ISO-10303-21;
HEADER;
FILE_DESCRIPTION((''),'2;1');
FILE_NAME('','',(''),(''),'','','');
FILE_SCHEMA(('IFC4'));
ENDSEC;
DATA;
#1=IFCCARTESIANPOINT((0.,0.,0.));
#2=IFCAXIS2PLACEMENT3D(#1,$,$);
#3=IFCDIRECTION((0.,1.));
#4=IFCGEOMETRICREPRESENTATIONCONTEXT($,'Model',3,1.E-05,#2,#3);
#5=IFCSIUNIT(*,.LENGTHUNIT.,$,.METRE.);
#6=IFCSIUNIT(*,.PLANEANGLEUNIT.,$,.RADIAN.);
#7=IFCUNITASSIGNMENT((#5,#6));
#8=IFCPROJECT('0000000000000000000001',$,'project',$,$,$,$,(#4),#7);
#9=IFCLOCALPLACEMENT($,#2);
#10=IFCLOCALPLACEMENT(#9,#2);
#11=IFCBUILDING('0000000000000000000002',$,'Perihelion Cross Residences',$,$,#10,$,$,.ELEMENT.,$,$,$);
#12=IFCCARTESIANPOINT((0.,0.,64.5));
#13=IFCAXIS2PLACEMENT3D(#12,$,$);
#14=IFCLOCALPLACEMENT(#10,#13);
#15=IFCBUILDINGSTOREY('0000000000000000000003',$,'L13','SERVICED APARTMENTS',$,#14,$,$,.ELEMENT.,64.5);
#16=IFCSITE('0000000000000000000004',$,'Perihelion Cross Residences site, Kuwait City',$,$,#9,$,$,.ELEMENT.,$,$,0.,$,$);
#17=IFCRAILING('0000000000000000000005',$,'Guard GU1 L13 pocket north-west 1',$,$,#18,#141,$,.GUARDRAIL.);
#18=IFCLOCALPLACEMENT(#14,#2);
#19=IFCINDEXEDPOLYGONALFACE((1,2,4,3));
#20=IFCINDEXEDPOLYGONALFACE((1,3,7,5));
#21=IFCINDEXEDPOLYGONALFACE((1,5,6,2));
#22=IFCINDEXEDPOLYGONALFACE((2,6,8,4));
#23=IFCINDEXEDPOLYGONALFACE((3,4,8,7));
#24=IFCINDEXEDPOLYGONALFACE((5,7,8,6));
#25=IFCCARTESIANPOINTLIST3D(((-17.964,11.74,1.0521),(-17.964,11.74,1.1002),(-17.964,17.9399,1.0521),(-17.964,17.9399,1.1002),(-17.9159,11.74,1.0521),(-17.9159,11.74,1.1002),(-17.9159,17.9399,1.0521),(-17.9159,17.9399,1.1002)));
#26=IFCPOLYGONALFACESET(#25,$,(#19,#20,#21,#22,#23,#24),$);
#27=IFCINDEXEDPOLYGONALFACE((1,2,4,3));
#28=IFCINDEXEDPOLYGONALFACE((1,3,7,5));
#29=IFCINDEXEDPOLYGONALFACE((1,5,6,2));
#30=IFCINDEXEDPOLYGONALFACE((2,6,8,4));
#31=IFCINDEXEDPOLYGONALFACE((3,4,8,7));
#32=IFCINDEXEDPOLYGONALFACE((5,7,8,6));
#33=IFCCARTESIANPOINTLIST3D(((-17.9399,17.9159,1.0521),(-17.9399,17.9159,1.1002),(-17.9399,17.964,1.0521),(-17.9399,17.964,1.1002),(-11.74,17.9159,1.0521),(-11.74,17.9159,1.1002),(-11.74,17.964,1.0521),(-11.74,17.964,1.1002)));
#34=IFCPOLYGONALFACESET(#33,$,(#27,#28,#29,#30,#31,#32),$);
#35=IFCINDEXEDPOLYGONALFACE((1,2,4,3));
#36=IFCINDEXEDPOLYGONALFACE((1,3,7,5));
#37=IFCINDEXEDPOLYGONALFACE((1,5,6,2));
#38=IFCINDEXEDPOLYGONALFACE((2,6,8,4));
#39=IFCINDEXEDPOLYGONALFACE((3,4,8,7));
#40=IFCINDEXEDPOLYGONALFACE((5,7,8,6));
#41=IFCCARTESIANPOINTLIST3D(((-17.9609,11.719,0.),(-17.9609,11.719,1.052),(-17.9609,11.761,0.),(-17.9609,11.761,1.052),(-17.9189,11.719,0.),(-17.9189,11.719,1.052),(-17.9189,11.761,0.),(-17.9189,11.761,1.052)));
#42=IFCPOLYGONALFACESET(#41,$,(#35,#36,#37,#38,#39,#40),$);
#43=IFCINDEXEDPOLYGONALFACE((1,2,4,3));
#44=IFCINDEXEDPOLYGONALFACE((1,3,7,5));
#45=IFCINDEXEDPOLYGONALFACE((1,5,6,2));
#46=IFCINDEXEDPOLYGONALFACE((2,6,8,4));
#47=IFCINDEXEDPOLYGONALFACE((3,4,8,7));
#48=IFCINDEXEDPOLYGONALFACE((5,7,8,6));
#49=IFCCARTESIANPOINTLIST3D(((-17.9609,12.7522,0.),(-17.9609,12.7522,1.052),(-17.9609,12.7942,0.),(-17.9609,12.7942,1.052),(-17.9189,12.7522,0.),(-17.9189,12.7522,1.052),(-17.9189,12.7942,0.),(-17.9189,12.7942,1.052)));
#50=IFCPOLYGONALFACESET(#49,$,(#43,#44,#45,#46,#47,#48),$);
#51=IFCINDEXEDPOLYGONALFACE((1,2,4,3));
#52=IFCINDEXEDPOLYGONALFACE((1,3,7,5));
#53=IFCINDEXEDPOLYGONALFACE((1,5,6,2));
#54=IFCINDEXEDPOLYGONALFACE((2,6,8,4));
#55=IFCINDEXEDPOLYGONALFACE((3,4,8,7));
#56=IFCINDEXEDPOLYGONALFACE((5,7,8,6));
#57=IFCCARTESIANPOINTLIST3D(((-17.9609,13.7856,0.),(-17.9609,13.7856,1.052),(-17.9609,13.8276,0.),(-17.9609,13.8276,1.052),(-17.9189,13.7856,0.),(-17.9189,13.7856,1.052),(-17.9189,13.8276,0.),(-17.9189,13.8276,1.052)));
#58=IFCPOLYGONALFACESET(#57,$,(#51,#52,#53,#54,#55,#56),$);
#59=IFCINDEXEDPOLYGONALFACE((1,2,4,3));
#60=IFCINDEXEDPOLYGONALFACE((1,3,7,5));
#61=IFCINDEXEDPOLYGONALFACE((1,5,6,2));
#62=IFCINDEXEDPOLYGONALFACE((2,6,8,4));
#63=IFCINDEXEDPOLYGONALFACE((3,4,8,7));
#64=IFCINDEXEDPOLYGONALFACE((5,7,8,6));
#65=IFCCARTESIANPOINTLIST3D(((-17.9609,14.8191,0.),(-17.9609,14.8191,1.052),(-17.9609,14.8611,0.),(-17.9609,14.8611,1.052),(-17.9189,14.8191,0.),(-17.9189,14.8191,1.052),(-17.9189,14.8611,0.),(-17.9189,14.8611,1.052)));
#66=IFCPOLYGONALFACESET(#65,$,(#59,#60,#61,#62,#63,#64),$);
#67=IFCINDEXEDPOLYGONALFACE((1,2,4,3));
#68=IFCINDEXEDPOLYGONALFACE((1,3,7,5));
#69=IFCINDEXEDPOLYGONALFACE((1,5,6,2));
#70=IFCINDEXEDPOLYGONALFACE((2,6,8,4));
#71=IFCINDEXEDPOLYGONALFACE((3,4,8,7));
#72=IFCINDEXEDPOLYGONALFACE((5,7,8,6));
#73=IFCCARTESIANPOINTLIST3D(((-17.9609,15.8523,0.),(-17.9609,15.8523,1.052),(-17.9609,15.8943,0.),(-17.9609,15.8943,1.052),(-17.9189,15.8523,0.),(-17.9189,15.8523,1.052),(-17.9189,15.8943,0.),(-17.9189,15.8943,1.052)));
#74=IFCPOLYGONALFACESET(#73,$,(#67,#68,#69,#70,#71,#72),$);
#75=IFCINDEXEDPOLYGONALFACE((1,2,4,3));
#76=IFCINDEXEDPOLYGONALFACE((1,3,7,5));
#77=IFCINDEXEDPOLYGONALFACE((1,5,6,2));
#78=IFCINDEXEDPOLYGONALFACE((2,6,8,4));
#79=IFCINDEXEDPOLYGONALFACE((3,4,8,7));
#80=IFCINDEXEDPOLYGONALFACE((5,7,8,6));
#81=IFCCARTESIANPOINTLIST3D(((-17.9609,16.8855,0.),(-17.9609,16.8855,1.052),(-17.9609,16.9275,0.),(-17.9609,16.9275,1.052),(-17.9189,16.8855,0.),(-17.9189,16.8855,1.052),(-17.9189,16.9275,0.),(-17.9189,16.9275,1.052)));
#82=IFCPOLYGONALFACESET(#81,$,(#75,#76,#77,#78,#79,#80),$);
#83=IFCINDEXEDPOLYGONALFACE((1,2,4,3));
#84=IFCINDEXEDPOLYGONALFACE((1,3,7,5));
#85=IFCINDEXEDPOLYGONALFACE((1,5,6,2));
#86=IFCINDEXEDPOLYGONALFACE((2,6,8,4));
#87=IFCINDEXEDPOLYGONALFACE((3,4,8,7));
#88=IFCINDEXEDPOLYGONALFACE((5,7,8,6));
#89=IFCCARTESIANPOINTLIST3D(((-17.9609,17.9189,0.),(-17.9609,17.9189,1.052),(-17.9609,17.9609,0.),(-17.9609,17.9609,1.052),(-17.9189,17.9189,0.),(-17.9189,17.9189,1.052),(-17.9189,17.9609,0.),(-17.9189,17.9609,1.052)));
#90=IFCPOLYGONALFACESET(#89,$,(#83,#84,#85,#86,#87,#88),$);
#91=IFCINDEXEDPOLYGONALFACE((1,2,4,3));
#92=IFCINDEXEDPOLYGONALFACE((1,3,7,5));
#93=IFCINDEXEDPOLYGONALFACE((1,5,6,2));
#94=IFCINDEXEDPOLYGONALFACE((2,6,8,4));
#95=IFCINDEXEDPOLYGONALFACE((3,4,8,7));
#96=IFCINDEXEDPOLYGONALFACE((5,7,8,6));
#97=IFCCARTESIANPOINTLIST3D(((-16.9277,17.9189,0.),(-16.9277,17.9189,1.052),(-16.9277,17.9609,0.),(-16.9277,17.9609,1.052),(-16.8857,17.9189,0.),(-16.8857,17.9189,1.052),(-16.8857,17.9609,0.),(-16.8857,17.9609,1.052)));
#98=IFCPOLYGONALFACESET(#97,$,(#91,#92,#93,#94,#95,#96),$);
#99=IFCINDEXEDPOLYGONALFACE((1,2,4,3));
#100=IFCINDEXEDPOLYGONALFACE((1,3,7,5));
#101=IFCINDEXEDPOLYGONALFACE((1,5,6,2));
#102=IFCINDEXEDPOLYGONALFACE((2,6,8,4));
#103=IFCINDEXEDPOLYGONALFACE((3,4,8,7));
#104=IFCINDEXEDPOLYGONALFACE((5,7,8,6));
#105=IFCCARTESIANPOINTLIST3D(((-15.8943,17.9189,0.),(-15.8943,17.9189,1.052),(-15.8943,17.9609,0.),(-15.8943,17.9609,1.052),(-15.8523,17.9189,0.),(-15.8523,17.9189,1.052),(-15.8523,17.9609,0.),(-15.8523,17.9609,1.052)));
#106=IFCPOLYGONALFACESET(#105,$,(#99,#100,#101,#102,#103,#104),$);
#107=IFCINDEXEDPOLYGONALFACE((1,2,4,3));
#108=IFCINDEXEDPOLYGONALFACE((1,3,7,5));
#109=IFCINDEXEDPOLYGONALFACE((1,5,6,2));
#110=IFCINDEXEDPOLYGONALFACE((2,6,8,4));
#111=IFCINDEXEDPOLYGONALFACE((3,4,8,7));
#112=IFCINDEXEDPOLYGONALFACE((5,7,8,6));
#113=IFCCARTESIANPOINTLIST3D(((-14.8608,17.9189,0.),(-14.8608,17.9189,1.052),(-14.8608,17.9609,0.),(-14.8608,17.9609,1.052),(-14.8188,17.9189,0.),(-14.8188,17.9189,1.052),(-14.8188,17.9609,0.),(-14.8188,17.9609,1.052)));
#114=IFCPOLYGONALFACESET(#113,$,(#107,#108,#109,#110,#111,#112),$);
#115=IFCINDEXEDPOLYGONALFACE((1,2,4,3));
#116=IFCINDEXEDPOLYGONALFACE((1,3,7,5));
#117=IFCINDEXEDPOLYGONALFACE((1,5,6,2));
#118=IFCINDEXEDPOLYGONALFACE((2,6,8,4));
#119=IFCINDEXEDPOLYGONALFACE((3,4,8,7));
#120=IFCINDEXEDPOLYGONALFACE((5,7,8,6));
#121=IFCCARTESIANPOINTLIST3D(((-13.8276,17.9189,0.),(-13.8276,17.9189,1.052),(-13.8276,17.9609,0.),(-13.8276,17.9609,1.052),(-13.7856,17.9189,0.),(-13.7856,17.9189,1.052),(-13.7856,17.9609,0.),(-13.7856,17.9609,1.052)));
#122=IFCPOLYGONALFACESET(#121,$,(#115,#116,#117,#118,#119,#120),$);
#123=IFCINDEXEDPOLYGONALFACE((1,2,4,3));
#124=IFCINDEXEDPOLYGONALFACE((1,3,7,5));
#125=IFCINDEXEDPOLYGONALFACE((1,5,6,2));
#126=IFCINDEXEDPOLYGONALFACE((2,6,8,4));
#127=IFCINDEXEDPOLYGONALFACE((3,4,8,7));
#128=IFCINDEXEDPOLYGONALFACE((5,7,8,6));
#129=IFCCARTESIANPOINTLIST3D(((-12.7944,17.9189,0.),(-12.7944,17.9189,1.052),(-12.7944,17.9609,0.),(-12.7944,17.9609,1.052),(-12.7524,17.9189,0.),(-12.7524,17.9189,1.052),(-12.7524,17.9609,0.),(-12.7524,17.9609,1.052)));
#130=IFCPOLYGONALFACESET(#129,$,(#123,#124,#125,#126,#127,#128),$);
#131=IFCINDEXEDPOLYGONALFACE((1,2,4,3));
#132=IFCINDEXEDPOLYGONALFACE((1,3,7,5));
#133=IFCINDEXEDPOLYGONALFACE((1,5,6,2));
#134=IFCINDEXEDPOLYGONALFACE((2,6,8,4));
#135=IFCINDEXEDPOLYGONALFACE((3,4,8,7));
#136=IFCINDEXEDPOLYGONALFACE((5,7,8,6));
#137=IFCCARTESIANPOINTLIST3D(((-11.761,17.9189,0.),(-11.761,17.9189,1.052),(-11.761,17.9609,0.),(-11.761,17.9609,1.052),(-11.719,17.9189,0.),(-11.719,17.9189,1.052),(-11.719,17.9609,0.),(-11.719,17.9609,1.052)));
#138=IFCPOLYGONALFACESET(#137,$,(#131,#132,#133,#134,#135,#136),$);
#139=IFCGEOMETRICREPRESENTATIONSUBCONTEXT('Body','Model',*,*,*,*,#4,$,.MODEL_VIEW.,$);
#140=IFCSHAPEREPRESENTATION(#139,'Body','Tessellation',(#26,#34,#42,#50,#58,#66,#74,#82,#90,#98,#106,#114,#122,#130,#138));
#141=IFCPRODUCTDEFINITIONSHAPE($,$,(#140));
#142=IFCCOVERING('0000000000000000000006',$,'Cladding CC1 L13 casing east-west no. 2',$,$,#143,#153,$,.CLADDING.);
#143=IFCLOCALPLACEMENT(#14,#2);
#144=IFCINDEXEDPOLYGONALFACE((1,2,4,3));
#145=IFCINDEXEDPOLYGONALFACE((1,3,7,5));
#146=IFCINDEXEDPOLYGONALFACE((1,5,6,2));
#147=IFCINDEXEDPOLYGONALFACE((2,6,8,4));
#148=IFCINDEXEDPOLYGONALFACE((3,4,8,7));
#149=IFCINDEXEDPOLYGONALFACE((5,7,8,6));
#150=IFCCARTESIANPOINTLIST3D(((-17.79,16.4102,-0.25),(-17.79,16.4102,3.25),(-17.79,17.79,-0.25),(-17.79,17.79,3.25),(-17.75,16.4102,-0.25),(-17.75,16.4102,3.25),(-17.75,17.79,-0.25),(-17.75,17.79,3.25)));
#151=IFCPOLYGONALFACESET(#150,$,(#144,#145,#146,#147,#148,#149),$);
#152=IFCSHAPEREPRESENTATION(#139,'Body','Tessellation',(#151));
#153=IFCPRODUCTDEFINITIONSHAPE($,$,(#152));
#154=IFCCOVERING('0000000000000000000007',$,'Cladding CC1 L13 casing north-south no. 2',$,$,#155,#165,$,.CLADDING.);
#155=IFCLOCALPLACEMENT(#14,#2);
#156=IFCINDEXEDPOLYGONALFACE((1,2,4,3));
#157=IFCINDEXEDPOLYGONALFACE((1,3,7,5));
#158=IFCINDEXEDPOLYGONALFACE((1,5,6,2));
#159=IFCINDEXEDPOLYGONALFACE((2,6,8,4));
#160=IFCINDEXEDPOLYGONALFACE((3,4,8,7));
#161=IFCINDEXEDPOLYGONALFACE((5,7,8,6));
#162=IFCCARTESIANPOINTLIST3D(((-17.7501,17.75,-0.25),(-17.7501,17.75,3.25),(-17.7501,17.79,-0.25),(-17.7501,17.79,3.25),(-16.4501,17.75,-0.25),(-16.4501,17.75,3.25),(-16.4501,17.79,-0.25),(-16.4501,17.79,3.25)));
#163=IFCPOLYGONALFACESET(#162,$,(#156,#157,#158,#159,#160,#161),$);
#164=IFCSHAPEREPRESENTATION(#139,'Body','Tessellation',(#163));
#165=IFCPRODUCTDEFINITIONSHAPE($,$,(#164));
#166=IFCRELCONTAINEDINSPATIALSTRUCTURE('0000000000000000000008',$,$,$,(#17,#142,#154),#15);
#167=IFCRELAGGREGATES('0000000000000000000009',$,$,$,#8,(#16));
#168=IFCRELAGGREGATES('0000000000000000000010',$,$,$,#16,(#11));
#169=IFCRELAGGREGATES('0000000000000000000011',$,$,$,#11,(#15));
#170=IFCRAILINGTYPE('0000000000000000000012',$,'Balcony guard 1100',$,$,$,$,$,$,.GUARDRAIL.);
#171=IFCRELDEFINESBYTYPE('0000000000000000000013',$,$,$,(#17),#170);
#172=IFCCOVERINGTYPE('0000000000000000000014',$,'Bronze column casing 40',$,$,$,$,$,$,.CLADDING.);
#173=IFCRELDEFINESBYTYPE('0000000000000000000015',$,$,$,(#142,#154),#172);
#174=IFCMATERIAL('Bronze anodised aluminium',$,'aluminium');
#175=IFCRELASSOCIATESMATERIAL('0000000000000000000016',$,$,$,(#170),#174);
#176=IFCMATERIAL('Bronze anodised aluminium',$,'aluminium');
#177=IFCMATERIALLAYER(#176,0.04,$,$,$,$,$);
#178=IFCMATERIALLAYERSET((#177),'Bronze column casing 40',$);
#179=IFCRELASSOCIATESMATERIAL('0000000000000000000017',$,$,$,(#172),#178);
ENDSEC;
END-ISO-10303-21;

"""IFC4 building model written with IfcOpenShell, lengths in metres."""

from ifc_helpers import new_model, si_unit, direction, frame, origin, origin_2d, place, context, subcontext, project, spatial, rectangle, extrude, material, layer, layer_set, type_object, element, save


model = new_model("IFC4")

# Units and contexts
model_context = context("Model", 3, precision=1e-05, world=origin(), true_north=direction((0.0, 1.0)))
body_context = subcontext(model_context, "Body", "Model", "MODEL_VIEW")
ifc_project = project(units=[si_unit("LENGTHUNIT", "METRE"), si_unit("PLANEANGLEUNIT", "RADIAN")], contexts=[model_context])

# Site, building, storey
site_placement = place(None, origin())
site = spatial("IfcSite", under=ifc_project, at=site_placement, Name="Perihelion Cross Residences site, Kuwait City", CompositionType="ELEMENT", RefElevation=0.0)
building_placement = place(site_placement, origin())
building = spatial("IfcBuilding", under=site, at=building_placement, Name="Perihelion Cross Residences", CompositionType="ELEMENT")
storey_placement = place(building_placement, frame((0.0, 0.0, 64.5)))
storey = spatial("IfcBuildingStorey", under=building, at=storey_placement, Name="L13", Description="SERVICED APARTMENTS", CompositionType="ELEMENT", Elevation=64.5)

# Railing
ifc_material_1 = material(Name="Bronze anodised aluminium", Category="aluminium")
railing_type = type_object("IfcRailingType", Name="Balcony guard 1100", PredefinedType="GUARDRAIL", material=ifc_material_1)
railing_1_placement = place(storey_placement, frame((-17.9399, 11.74, 0.0)))
element("IfcRailing", 1, at=railing_1_placement, inside=storey, type_object=railing_type, Name="Guard GU1 L13 pocket north-west 1", PredefinedType="GUARDRAIL", context=body_context, shape_type="SweptSolid", body=[
    extrude(rectangle(XDim=0.0481, YDim=0.0481, at=origin_2d()), frame((0.0, 0.0, 1.0762), z_axis=(0.0, 1.0, 0.0), x_axis=(-1.0, 0.0, 0.0)), (0.0, 0.0, 1.0), 6.2),
    extrude(rectangle(XDim=0.0481, YDim=0.0481, at=origin_2d()), frame((0.0, 6.2, 1.0762), z_axis=(1.0, 0.0, 0.0), x_axis=(0.0, 1.0, 0.0)), (0.0, 0.0, 1.0), 6.2),
    extrude(rectangle(XDim=0.042, YDim=0.042, at=origin_2d()), origin(), (0.0, 0.0, 1.0), 1.052),
    extrude(rectangle(XDim=0.042, YDim=0.042, at=origin_2d()), frame((0.0, 1.0332, 0.0)), (0.0, 0.0, 1.0), 1.052),
    extrude(rectangle(XDim=0.042, YDim=0.042, at=origin_2d()), frame((0.0, 2.0667, 0.0)), (0.0, 0.0, 1.0), 1.052),
    extrude(rectangle(XDim=0.042, YDim=0.042, at=origin_2d()), frame((0.0, 3.1001, 0.0)), (0.0, 0.0, 1.0), 1.052),
    extrude(rectangle(XDim=0.042, YDim=0.042, at=origin_2d()), frame((0.0, 4.1333, 0.0)), (0.0, 0.0, 1.0), 1.052),
    extrude(rectangle(XDim=0.042, YDim=0.042, at=origin_2d()), frame((0.0, 5.1665, 0.0)), (0.0, 0.0, 1.0), 1.052),
    extrude(rectangle(XDim=0.042, YDim=0.042, at=origin_2d()), frame((0.0, 6.2, 0.0)), (0.0, 0.0, 1.0), 1.052),
    extrude(rectangle(XDim=0.042, YDim=0.042, at=origin_2d()), frame((1.0332, 6.2, 0.0)), (0.0, 0.0, 1.0), 1.052),
    extrude(rectangle(XDim=0.042, YDim=0.042, at=origin_2d()), frame((2.0667, 6.2, 0.0)), (0.0, 0.0, 1.0), 1.052),
    extrude(rectangle(XDim=0.042, YDim=0.042, at=origin_2d()), frame((3.1001, 6.2, 0.0)), (0.0, 0.0, 1.0), 1.052),
    extrude(rectangle(XDim=0.042, YDim=0.042, at=origin_2d()), frame((4.1333, 6.2, 0.0)), (0.0, 0.0, 1.0), 1.052),
    extrude(rectangle(XDim=0.042, YDim=0.042, at=origin_2d()), frame((5.1665, 6.2, 0.0)), (0.0, 0.0, 1.0), 1.052),
    extrude(rectangle(XDim=0.042, YDim=0.042, at=origin_2d()), frame((6.2, 6.2, 0.0)), (0.0, 0.0, 1.0), 1.052),
])

# Coverings
ifc_material_2 = material(Name="Bronze anodised aluminium", Category="aluminium")
ifc_layer_1 = layer(ifc_material_2, 0.04)
ifc_layer_set_1 = layer_set([ifc_layer_1], Name="Bronze column casing 40")
covering_type = type_object("IfcCoveringType", Name="Bronze column casing 40", PredefinedType="CLADDING", material=ifc_layer_set_1)
covering_1_placement = place(storey_placement, frame((-17.77, 17.1001, -0.25), z_axis=(0.0, 0.0, 1.0), x_axis=(1.0, 0.0, 0.0)))
element("IfcCovering", 2, at=covering_1_placement, inside=storey, type_object=covering_type, Name="Cladding CC1 L13 casing east-west no. 2", PredefinedType="CLADDING", context=body_context, shape_type="SweptSolid", body=[
    extrude(rectangle(XDim=0.04, YDim=1.3799, at=origin_2d()), origin(), (0.0, 0.0, 1.0), 3.5),
])
covering_2_placement = place(storey_placement, frame((-17.1001, 17.77, -0.25), z_axis=(0.0, 0.0, 1.0), x_axis=(1.0, 0.0, 0.0)))
element("IfcCovering", 3, at=covering_2_placement, inside=storey, type_object=covering_type, Name="Cladding CC1 L13 casing north-south no. 2", PredefinedType="CLADDING", context=body_context, shape_type="SweptSolid", body=[
    extrude(rectangle(XDim=1.3, YDim=0.04, at=origin_2d()), origin(), (0.0, 0.0, 1.0), 3.5),
])

save(model, "model.ifc")
